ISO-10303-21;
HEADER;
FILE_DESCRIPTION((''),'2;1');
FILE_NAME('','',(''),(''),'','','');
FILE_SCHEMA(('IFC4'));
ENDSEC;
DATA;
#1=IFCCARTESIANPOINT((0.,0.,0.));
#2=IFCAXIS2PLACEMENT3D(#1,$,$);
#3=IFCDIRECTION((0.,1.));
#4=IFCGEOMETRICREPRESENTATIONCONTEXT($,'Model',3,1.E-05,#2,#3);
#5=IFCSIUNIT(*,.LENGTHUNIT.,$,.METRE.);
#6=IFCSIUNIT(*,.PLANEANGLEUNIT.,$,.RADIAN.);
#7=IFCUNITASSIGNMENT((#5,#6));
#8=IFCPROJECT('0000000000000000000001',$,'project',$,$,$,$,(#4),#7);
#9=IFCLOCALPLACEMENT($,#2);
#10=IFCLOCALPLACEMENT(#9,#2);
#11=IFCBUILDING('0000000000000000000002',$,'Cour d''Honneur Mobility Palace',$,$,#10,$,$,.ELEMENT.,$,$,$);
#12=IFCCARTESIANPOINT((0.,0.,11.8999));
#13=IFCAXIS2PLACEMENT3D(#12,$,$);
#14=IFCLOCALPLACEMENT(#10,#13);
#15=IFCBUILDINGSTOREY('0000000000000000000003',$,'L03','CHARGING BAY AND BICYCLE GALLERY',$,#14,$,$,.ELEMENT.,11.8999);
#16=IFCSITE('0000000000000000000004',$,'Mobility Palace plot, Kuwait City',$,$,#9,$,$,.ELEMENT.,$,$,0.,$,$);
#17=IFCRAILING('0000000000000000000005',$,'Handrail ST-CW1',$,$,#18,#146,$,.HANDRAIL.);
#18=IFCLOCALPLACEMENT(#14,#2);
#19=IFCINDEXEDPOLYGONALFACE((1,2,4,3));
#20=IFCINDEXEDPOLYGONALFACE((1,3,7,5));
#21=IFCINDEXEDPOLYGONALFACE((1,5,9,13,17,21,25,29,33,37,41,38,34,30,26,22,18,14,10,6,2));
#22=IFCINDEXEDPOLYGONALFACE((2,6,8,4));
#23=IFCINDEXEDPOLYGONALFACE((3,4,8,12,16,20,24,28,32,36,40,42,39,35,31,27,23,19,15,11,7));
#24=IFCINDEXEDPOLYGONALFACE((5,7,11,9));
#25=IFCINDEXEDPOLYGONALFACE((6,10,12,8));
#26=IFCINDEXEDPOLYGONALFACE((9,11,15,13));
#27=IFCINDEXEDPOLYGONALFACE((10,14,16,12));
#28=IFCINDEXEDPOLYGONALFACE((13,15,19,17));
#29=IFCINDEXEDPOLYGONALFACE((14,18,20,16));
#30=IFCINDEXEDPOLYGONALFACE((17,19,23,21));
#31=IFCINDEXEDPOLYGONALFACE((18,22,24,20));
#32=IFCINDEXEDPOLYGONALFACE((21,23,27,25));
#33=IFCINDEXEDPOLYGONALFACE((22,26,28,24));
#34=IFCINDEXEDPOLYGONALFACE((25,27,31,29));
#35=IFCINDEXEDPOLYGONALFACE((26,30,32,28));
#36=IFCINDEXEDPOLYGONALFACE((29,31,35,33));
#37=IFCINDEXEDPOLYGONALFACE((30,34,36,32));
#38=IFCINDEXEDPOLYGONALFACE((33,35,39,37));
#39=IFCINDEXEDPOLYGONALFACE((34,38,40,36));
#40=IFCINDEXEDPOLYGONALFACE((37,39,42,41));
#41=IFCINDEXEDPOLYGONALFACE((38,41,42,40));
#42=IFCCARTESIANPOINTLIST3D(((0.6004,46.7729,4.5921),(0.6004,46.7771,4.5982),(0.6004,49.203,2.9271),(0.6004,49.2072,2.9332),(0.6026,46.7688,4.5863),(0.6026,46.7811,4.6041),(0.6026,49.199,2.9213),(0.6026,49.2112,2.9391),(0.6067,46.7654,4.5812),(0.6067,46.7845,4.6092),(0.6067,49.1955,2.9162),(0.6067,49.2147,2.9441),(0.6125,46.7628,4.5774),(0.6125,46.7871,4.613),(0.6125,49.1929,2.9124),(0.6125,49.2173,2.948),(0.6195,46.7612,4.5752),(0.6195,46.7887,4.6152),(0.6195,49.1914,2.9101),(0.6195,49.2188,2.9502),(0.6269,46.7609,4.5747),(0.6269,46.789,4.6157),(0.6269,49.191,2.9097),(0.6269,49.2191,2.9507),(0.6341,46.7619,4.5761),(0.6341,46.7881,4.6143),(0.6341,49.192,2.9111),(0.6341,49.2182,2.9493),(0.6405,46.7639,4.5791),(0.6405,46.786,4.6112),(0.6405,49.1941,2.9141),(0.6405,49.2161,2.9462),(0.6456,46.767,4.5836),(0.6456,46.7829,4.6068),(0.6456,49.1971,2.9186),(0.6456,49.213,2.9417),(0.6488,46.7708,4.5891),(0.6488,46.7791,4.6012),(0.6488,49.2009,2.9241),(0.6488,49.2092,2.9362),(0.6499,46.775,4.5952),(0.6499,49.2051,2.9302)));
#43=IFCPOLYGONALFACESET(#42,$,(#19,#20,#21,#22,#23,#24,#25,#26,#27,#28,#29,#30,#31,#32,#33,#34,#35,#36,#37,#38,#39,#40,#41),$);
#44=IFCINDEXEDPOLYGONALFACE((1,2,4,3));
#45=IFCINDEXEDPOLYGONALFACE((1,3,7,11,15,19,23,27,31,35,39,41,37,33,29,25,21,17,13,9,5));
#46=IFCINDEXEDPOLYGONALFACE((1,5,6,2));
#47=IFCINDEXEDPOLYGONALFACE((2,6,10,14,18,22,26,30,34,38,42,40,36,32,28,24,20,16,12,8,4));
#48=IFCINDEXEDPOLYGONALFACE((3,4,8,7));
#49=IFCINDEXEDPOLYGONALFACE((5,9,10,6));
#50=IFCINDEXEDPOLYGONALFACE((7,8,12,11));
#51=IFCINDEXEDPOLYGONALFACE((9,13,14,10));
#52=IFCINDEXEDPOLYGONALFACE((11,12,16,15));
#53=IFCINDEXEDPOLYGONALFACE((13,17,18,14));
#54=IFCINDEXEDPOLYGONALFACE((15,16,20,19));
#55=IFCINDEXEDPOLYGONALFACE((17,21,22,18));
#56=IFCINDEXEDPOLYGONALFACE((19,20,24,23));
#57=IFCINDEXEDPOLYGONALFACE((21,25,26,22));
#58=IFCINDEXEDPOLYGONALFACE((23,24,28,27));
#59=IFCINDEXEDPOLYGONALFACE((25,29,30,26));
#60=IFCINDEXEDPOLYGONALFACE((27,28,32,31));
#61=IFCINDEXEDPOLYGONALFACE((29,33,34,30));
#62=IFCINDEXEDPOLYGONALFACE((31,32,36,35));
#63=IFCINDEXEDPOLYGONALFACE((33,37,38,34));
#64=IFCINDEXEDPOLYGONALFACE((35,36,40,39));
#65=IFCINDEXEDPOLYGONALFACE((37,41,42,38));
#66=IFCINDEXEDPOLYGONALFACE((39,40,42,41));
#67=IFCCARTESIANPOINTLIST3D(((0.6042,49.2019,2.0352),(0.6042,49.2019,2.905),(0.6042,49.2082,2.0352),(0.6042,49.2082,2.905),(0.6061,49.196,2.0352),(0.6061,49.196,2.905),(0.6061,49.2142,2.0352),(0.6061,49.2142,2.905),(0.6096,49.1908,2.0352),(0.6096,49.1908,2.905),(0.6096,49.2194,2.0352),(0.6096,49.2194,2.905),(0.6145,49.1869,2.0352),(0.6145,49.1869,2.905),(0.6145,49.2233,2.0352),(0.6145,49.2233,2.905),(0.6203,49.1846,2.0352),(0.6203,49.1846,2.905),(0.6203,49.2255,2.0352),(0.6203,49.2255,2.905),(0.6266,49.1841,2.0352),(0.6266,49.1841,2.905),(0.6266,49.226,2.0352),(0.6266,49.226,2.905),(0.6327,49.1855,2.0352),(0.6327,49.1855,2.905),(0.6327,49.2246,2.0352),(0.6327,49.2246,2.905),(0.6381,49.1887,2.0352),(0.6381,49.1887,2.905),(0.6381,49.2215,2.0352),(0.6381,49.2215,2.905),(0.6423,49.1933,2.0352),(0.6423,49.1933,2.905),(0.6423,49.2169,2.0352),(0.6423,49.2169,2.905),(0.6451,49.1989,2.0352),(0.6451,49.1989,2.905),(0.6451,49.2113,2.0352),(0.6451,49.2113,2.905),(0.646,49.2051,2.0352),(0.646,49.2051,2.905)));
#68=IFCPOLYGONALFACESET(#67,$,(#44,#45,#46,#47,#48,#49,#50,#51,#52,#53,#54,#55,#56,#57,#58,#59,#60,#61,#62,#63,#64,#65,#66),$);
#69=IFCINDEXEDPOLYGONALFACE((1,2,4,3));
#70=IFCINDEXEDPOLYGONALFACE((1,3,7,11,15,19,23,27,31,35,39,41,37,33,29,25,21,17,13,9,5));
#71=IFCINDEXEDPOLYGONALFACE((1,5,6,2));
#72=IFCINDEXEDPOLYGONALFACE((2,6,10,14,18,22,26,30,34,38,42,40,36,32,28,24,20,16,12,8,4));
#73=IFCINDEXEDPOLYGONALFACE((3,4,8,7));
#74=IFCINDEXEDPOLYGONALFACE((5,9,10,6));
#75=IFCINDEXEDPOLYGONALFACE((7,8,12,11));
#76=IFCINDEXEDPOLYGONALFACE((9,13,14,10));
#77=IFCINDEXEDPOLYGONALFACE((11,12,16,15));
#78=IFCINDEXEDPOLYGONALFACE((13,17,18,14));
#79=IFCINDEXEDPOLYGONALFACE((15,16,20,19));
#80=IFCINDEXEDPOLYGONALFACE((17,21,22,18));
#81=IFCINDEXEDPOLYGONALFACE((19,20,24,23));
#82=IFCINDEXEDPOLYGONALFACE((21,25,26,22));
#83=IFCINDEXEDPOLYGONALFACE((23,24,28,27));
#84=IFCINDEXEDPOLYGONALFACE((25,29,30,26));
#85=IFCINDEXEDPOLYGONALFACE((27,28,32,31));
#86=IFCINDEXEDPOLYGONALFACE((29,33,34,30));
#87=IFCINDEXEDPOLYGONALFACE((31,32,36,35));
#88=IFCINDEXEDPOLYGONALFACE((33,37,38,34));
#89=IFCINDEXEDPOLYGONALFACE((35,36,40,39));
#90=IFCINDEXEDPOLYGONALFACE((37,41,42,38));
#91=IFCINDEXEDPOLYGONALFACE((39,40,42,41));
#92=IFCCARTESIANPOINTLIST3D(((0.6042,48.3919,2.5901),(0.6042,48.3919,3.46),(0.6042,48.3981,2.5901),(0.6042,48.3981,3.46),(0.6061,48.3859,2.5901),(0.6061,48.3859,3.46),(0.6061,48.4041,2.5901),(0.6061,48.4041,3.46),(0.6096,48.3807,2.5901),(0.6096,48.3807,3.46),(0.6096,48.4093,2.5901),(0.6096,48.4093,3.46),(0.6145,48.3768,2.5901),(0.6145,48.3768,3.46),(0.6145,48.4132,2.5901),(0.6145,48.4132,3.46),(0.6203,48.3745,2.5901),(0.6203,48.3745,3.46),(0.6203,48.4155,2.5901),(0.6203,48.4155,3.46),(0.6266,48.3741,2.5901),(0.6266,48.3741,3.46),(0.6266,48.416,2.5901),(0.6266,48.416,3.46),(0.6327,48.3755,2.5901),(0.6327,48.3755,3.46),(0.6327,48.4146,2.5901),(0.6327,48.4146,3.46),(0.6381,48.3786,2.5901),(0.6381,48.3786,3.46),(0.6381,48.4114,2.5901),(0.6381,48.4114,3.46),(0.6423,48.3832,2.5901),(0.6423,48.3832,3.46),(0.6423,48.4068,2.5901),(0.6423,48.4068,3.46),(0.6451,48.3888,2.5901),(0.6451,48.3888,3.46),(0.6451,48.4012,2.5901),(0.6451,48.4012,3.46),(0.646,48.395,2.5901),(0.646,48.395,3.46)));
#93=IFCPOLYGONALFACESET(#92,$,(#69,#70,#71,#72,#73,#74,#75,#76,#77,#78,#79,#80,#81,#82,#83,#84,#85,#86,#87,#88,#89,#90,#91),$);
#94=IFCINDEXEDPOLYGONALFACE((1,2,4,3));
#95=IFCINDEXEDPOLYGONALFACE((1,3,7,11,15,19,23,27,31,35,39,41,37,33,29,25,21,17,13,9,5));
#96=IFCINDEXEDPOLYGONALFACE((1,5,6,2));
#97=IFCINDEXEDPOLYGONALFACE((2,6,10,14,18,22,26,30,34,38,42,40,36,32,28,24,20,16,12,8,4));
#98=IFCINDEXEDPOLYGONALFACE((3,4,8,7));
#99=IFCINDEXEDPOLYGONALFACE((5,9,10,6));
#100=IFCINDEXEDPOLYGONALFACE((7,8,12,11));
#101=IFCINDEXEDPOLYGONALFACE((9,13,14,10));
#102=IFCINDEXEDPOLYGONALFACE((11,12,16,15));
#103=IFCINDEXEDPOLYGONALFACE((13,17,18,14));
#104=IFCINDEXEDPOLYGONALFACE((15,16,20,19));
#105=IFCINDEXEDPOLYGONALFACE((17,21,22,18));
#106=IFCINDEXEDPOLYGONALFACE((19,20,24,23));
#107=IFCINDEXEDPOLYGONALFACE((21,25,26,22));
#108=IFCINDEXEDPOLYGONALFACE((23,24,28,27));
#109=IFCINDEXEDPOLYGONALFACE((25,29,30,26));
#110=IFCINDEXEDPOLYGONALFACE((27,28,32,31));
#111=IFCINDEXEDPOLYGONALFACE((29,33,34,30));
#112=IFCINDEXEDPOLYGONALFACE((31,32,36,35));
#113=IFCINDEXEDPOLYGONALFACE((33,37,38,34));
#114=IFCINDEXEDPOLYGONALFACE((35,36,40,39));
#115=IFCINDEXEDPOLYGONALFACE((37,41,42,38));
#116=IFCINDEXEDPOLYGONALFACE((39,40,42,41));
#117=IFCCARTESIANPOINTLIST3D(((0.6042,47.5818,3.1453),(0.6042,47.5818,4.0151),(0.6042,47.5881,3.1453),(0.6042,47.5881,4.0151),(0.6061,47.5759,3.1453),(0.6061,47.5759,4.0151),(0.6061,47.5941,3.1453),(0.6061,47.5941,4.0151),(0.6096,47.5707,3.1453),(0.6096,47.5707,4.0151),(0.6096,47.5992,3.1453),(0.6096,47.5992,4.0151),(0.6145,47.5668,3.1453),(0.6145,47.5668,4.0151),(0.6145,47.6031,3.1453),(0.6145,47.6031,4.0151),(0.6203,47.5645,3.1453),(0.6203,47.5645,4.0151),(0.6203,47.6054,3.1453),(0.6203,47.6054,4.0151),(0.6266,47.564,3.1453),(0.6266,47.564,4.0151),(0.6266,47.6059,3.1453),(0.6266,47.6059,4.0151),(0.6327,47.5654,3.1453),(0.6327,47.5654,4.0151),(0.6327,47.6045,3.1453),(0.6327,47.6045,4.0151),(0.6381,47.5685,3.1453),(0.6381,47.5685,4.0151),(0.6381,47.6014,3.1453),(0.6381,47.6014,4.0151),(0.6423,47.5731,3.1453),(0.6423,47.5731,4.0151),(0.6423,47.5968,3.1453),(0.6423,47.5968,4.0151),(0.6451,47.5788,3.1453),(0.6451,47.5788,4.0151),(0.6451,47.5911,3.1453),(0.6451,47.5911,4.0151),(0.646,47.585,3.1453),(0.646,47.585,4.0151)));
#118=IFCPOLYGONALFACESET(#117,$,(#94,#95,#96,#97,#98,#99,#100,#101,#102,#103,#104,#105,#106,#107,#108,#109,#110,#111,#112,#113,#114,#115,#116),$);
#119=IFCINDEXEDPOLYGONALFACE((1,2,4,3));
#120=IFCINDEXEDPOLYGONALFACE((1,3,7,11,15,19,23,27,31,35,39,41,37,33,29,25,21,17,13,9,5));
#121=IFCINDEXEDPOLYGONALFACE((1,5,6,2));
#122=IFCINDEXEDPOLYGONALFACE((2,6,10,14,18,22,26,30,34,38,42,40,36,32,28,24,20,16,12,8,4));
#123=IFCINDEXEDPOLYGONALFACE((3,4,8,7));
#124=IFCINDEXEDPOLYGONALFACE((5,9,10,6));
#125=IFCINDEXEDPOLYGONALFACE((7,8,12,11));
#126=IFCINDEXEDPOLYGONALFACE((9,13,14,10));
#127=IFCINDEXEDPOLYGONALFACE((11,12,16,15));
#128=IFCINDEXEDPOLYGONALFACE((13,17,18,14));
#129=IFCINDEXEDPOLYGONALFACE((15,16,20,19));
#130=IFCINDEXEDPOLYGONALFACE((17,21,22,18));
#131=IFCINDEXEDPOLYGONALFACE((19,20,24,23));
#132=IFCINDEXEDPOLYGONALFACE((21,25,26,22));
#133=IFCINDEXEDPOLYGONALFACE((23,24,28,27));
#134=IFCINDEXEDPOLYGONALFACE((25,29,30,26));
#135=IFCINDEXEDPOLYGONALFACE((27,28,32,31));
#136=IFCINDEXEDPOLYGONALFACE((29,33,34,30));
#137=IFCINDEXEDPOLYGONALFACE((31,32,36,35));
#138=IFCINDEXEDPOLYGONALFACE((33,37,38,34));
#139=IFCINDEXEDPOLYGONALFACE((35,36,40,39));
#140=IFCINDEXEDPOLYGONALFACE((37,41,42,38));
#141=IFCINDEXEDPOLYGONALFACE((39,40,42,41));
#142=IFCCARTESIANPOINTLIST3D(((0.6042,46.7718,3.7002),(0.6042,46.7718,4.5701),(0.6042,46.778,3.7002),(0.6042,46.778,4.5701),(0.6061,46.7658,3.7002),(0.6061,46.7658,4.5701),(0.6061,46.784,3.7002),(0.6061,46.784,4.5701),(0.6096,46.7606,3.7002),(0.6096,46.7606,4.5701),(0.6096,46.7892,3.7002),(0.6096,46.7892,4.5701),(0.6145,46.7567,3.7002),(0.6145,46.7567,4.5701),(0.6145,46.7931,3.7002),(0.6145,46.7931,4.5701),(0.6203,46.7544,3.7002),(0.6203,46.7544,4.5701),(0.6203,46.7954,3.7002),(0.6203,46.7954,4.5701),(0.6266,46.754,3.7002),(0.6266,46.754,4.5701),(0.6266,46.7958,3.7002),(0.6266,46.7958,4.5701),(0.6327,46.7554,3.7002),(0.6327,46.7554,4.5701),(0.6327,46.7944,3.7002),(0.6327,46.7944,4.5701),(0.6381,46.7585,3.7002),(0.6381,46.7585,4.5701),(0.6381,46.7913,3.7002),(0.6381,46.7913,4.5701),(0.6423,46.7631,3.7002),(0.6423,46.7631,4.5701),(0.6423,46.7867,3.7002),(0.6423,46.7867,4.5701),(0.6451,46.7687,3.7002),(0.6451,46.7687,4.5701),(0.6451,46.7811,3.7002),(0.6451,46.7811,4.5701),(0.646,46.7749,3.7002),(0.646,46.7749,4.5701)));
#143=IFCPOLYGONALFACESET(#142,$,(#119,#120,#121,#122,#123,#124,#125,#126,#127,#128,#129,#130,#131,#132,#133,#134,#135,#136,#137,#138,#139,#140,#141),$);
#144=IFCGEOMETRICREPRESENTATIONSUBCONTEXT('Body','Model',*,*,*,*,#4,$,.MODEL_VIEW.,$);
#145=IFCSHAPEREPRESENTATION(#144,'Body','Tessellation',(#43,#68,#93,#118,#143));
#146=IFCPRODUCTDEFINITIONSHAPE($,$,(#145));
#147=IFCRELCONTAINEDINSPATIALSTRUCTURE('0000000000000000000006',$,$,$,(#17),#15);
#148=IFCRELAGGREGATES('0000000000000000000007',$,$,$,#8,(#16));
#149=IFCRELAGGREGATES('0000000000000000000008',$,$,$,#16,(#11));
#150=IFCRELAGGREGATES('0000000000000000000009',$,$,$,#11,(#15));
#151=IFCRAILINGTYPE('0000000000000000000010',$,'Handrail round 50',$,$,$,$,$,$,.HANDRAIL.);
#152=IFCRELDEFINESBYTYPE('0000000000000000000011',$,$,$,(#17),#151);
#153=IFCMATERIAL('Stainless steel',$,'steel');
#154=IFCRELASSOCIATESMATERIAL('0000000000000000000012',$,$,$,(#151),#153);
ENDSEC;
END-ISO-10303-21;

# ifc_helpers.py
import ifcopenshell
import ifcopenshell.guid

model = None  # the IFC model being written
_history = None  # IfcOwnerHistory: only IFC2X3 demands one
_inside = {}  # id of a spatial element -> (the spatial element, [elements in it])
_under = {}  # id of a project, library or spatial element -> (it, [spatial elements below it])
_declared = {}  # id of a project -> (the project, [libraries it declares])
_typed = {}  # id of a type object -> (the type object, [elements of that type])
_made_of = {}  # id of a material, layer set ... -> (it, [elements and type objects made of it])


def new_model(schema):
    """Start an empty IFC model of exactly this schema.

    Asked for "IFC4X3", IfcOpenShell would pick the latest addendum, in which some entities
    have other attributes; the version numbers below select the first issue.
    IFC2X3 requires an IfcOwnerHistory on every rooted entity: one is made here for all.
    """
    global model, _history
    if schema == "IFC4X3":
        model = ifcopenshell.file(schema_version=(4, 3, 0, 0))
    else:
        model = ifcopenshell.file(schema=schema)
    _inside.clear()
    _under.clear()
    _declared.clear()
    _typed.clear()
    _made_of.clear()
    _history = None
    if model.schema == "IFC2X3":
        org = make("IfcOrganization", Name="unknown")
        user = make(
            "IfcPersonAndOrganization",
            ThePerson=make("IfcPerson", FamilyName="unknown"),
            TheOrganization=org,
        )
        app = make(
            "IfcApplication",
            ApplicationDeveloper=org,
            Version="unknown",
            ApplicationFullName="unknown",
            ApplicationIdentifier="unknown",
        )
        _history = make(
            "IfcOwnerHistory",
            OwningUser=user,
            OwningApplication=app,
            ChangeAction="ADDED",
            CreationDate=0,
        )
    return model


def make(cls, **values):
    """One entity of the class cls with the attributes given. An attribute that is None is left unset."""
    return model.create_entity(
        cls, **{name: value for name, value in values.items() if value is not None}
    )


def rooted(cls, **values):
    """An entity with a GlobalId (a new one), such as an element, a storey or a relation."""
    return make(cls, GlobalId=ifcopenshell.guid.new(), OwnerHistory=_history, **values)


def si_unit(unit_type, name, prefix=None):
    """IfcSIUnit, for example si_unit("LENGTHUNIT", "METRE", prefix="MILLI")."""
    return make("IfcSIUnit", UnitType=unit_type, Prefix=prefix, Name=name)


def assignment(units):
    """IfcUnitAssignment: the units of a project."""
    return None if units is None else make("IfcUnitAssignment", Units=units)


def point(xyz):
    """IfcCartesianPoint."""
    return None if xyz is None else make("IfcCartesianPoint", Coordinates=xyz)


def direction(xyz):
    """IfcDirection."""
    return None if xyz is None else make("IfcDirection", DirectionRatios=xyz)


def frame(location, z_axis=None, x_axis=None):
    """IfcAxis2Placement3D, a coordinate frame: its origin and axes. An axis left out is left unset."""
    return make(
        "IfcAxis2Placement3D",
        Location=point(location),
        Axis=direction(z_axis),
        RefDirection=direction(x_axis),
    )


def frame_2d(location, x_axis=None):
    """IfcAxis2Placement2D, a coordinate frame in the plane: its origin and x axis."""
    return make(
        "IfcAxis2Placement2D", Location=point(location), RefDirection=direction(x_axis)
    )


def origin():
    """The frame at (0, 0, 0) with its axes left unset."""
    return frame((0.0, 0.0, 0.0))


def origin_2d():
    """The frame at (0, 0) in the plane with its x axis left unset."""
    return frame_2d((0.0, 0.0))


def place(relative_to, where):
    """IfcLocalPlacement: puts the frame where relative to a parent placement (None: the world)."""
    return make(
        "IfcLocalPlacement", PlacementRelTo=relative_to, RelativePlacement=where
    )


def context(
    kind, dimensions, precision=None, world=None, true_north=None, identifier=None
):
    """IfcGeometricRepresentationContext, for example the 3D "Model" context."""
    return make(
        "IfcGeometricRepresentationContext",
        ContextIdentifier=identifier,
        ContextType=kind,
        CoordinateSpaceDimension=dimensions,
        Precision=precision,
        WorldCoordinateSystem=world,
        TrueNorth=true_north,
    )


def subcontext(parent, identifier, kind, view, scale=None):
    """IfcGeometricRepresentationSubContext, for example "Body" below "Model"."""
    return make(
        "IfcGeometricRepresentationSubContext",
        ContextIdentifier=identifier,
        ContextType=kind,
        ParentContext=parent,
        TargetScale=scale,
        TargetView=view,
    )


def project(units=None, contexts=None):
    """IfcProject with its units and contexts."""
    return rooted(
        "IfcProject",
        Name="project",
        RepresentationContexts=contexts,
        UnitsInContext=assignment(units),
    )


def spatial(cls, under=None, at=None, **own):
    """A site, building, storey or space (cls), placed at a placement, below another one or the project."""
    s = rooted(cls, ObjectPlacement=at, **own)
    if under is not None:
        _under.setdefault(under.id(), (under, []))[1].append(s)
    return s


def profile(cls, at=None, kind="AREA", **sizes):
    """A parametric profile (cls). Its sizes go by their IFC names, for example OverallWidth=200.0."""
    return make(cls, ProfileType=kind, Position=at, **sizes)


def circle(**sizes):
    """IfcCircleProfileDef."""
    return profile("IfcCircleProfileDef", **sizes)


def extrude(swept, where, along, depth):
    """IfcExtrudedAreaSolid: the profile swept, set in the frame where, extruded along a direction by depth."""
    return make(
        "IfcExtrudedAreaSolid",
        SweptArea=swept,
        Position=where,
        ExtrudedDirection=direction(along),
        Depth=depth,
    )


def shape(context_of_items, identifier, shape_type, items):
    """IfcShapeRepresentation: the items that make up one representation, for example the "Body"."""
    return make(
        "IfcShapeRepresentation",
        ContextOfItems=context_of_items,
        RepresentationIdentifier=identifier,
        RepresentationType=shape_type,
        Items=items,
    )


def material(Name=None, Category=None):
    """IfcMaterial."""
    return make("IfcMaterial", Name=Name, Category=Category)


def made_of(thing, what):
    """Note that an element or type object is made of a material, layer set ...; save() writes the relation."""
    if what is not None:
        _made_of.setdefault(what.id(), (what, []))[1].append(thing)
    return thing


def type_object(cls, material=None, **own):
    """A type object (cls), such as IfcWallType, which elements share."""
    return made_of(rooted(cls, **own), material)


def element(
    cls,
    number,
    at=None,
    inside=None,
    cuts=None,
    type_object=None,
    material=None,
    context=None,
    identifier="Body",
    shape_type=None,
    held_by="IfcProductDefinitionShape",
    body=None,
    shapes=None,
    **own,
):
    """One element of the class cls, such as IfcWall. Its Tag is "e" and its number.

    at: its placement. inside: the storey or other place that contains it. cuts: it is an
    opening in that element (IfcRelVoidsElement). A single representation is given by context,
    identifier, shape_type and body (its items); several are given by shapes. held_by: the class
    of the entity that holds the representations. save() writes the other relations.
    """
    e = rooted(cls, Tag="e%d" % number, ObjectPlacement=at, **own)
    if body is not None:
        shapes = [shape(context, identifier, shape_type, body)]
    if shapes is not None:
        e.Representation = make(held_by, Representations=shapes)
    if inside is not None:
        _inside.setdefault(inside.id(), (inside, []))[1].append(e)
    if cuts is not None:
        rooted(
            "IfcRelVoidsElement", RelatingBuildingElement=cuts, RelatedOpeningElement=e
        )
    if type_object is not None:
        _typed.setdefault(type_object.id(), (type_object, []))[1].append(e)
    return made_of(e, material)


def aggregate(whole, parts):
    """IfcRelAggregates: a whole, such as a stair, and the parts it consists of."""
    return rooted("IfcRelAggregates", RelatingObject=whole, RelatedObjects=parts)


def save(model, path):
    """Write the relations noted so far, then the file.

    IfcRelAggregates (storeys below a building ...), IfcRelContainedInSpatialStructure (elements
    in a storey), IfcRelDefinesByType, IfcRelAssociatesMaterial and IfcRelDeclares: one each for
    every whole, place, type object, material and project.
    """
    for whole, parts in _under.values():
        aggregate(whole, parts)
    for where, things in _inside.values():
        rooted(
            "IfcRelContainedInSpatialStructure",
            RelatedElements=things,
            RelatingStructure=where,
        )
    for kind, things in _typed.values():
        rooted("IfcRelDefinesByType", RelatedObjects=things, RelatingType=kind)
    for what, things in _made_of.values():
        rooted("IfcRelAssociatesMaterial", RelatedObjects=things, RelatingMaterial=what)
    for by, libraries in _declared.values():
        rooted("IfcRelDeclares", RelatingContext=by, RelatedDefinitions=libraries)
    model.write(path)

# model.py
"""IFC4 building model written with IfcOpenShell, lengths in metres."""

from ifc_helpers import new_model, si_unit, direction, frame, origin, origin_2d, place, context, subcontext, project, spatial, circle, extrude, material, type_object, element, save


model = new_model("IFC4")

# Units and contexts
model_context = context("Model", 3, precision=1e-05, world=origin(), true_north=direction((0.0, 1.0)))
body_context = subcontext(model_context, "Body", "Model", "MODEL_VIEW")
ifc_project = project(units=[si_unit("LENGTHUNIT", "METRE"), si_unit("PLANEANGLEUNIT", "RADIAN")], contexts=[model_context])

# Site, building, storey
site_placement = place(None, origin())
site = spatial("IfcSite", under=ifc_project, at=site_placement, Name="Mobility Palace plot, Kuwait City", CompositionType="ELEMENT", RefElevation=0.0)
building_placement = place(site_placement, origin())
building = spatial("IfcBuilding", under=site, at=building_placement, Name="Cour d'Honneur Mobility Palace", CompositionType="ELEMENT")
storey_placement = place(building_placement, frame((0.0, 0.0, 11.8999)))
storey = spatial("IfcBuildingStorey", under=building, at=storey_placement, Name="L03", Description="CHARGING BAY AND BICYCLE GALLERY", CompositionType="ELEMENT", Elevation=11.8999)

# Railing
ifc_material_1 = material(Name="Stainless steel", Category="steel")
railing_type_1 = type_object("IfcRailingType", Name="Handrail round 50", PredefinedType="HANDRAIL", material=ifc_material_1)
railing_1_placement = place(storey_placement, frame((0.625, 49.2051, 2.0352)))
element("IfcRailing", 1, at=railing_1_placement, inside=storey, type_object=railing_type_1, Name="Handrail ST-CW1", PredefinedType="HANDRAIL", context=body_context, shape_type="SweptSolid", body=[
    extrude(circle(Radius=0.0249, at=origin_2d()), frame((0.0, 0.0, 0.895), z_axis=(0.0, -0.824945, 0.565213), x_axis=(1.0, 0.0, 0.0)), (0.0, 0.0, 1.0), 2.9458),
    extrude(circle(Radius=0.021, at=origin_2d()), origin(), (0.0, 0.0, 1.0), 0.8699),
    extrude(circle(Radius=0.021, at=origin_2d()), frame((0.0, -0.8101, 0.5549)), (0.0, 0.0, 1.0), 0.8699),
    extrude(circle(Radius=0.021, at=origin_2d()), frame((0.0, -1.6201, 1.1101)), (0.0, 0.0, 1.0), 0.8699),
    extrude(circle(Radius=0.021, at=origin_2d()), frame((0.0, -2.4302, 1.665)), (0.0, 0.0, 1.0), 0.8699),
])

save(model, "model.ifc")
